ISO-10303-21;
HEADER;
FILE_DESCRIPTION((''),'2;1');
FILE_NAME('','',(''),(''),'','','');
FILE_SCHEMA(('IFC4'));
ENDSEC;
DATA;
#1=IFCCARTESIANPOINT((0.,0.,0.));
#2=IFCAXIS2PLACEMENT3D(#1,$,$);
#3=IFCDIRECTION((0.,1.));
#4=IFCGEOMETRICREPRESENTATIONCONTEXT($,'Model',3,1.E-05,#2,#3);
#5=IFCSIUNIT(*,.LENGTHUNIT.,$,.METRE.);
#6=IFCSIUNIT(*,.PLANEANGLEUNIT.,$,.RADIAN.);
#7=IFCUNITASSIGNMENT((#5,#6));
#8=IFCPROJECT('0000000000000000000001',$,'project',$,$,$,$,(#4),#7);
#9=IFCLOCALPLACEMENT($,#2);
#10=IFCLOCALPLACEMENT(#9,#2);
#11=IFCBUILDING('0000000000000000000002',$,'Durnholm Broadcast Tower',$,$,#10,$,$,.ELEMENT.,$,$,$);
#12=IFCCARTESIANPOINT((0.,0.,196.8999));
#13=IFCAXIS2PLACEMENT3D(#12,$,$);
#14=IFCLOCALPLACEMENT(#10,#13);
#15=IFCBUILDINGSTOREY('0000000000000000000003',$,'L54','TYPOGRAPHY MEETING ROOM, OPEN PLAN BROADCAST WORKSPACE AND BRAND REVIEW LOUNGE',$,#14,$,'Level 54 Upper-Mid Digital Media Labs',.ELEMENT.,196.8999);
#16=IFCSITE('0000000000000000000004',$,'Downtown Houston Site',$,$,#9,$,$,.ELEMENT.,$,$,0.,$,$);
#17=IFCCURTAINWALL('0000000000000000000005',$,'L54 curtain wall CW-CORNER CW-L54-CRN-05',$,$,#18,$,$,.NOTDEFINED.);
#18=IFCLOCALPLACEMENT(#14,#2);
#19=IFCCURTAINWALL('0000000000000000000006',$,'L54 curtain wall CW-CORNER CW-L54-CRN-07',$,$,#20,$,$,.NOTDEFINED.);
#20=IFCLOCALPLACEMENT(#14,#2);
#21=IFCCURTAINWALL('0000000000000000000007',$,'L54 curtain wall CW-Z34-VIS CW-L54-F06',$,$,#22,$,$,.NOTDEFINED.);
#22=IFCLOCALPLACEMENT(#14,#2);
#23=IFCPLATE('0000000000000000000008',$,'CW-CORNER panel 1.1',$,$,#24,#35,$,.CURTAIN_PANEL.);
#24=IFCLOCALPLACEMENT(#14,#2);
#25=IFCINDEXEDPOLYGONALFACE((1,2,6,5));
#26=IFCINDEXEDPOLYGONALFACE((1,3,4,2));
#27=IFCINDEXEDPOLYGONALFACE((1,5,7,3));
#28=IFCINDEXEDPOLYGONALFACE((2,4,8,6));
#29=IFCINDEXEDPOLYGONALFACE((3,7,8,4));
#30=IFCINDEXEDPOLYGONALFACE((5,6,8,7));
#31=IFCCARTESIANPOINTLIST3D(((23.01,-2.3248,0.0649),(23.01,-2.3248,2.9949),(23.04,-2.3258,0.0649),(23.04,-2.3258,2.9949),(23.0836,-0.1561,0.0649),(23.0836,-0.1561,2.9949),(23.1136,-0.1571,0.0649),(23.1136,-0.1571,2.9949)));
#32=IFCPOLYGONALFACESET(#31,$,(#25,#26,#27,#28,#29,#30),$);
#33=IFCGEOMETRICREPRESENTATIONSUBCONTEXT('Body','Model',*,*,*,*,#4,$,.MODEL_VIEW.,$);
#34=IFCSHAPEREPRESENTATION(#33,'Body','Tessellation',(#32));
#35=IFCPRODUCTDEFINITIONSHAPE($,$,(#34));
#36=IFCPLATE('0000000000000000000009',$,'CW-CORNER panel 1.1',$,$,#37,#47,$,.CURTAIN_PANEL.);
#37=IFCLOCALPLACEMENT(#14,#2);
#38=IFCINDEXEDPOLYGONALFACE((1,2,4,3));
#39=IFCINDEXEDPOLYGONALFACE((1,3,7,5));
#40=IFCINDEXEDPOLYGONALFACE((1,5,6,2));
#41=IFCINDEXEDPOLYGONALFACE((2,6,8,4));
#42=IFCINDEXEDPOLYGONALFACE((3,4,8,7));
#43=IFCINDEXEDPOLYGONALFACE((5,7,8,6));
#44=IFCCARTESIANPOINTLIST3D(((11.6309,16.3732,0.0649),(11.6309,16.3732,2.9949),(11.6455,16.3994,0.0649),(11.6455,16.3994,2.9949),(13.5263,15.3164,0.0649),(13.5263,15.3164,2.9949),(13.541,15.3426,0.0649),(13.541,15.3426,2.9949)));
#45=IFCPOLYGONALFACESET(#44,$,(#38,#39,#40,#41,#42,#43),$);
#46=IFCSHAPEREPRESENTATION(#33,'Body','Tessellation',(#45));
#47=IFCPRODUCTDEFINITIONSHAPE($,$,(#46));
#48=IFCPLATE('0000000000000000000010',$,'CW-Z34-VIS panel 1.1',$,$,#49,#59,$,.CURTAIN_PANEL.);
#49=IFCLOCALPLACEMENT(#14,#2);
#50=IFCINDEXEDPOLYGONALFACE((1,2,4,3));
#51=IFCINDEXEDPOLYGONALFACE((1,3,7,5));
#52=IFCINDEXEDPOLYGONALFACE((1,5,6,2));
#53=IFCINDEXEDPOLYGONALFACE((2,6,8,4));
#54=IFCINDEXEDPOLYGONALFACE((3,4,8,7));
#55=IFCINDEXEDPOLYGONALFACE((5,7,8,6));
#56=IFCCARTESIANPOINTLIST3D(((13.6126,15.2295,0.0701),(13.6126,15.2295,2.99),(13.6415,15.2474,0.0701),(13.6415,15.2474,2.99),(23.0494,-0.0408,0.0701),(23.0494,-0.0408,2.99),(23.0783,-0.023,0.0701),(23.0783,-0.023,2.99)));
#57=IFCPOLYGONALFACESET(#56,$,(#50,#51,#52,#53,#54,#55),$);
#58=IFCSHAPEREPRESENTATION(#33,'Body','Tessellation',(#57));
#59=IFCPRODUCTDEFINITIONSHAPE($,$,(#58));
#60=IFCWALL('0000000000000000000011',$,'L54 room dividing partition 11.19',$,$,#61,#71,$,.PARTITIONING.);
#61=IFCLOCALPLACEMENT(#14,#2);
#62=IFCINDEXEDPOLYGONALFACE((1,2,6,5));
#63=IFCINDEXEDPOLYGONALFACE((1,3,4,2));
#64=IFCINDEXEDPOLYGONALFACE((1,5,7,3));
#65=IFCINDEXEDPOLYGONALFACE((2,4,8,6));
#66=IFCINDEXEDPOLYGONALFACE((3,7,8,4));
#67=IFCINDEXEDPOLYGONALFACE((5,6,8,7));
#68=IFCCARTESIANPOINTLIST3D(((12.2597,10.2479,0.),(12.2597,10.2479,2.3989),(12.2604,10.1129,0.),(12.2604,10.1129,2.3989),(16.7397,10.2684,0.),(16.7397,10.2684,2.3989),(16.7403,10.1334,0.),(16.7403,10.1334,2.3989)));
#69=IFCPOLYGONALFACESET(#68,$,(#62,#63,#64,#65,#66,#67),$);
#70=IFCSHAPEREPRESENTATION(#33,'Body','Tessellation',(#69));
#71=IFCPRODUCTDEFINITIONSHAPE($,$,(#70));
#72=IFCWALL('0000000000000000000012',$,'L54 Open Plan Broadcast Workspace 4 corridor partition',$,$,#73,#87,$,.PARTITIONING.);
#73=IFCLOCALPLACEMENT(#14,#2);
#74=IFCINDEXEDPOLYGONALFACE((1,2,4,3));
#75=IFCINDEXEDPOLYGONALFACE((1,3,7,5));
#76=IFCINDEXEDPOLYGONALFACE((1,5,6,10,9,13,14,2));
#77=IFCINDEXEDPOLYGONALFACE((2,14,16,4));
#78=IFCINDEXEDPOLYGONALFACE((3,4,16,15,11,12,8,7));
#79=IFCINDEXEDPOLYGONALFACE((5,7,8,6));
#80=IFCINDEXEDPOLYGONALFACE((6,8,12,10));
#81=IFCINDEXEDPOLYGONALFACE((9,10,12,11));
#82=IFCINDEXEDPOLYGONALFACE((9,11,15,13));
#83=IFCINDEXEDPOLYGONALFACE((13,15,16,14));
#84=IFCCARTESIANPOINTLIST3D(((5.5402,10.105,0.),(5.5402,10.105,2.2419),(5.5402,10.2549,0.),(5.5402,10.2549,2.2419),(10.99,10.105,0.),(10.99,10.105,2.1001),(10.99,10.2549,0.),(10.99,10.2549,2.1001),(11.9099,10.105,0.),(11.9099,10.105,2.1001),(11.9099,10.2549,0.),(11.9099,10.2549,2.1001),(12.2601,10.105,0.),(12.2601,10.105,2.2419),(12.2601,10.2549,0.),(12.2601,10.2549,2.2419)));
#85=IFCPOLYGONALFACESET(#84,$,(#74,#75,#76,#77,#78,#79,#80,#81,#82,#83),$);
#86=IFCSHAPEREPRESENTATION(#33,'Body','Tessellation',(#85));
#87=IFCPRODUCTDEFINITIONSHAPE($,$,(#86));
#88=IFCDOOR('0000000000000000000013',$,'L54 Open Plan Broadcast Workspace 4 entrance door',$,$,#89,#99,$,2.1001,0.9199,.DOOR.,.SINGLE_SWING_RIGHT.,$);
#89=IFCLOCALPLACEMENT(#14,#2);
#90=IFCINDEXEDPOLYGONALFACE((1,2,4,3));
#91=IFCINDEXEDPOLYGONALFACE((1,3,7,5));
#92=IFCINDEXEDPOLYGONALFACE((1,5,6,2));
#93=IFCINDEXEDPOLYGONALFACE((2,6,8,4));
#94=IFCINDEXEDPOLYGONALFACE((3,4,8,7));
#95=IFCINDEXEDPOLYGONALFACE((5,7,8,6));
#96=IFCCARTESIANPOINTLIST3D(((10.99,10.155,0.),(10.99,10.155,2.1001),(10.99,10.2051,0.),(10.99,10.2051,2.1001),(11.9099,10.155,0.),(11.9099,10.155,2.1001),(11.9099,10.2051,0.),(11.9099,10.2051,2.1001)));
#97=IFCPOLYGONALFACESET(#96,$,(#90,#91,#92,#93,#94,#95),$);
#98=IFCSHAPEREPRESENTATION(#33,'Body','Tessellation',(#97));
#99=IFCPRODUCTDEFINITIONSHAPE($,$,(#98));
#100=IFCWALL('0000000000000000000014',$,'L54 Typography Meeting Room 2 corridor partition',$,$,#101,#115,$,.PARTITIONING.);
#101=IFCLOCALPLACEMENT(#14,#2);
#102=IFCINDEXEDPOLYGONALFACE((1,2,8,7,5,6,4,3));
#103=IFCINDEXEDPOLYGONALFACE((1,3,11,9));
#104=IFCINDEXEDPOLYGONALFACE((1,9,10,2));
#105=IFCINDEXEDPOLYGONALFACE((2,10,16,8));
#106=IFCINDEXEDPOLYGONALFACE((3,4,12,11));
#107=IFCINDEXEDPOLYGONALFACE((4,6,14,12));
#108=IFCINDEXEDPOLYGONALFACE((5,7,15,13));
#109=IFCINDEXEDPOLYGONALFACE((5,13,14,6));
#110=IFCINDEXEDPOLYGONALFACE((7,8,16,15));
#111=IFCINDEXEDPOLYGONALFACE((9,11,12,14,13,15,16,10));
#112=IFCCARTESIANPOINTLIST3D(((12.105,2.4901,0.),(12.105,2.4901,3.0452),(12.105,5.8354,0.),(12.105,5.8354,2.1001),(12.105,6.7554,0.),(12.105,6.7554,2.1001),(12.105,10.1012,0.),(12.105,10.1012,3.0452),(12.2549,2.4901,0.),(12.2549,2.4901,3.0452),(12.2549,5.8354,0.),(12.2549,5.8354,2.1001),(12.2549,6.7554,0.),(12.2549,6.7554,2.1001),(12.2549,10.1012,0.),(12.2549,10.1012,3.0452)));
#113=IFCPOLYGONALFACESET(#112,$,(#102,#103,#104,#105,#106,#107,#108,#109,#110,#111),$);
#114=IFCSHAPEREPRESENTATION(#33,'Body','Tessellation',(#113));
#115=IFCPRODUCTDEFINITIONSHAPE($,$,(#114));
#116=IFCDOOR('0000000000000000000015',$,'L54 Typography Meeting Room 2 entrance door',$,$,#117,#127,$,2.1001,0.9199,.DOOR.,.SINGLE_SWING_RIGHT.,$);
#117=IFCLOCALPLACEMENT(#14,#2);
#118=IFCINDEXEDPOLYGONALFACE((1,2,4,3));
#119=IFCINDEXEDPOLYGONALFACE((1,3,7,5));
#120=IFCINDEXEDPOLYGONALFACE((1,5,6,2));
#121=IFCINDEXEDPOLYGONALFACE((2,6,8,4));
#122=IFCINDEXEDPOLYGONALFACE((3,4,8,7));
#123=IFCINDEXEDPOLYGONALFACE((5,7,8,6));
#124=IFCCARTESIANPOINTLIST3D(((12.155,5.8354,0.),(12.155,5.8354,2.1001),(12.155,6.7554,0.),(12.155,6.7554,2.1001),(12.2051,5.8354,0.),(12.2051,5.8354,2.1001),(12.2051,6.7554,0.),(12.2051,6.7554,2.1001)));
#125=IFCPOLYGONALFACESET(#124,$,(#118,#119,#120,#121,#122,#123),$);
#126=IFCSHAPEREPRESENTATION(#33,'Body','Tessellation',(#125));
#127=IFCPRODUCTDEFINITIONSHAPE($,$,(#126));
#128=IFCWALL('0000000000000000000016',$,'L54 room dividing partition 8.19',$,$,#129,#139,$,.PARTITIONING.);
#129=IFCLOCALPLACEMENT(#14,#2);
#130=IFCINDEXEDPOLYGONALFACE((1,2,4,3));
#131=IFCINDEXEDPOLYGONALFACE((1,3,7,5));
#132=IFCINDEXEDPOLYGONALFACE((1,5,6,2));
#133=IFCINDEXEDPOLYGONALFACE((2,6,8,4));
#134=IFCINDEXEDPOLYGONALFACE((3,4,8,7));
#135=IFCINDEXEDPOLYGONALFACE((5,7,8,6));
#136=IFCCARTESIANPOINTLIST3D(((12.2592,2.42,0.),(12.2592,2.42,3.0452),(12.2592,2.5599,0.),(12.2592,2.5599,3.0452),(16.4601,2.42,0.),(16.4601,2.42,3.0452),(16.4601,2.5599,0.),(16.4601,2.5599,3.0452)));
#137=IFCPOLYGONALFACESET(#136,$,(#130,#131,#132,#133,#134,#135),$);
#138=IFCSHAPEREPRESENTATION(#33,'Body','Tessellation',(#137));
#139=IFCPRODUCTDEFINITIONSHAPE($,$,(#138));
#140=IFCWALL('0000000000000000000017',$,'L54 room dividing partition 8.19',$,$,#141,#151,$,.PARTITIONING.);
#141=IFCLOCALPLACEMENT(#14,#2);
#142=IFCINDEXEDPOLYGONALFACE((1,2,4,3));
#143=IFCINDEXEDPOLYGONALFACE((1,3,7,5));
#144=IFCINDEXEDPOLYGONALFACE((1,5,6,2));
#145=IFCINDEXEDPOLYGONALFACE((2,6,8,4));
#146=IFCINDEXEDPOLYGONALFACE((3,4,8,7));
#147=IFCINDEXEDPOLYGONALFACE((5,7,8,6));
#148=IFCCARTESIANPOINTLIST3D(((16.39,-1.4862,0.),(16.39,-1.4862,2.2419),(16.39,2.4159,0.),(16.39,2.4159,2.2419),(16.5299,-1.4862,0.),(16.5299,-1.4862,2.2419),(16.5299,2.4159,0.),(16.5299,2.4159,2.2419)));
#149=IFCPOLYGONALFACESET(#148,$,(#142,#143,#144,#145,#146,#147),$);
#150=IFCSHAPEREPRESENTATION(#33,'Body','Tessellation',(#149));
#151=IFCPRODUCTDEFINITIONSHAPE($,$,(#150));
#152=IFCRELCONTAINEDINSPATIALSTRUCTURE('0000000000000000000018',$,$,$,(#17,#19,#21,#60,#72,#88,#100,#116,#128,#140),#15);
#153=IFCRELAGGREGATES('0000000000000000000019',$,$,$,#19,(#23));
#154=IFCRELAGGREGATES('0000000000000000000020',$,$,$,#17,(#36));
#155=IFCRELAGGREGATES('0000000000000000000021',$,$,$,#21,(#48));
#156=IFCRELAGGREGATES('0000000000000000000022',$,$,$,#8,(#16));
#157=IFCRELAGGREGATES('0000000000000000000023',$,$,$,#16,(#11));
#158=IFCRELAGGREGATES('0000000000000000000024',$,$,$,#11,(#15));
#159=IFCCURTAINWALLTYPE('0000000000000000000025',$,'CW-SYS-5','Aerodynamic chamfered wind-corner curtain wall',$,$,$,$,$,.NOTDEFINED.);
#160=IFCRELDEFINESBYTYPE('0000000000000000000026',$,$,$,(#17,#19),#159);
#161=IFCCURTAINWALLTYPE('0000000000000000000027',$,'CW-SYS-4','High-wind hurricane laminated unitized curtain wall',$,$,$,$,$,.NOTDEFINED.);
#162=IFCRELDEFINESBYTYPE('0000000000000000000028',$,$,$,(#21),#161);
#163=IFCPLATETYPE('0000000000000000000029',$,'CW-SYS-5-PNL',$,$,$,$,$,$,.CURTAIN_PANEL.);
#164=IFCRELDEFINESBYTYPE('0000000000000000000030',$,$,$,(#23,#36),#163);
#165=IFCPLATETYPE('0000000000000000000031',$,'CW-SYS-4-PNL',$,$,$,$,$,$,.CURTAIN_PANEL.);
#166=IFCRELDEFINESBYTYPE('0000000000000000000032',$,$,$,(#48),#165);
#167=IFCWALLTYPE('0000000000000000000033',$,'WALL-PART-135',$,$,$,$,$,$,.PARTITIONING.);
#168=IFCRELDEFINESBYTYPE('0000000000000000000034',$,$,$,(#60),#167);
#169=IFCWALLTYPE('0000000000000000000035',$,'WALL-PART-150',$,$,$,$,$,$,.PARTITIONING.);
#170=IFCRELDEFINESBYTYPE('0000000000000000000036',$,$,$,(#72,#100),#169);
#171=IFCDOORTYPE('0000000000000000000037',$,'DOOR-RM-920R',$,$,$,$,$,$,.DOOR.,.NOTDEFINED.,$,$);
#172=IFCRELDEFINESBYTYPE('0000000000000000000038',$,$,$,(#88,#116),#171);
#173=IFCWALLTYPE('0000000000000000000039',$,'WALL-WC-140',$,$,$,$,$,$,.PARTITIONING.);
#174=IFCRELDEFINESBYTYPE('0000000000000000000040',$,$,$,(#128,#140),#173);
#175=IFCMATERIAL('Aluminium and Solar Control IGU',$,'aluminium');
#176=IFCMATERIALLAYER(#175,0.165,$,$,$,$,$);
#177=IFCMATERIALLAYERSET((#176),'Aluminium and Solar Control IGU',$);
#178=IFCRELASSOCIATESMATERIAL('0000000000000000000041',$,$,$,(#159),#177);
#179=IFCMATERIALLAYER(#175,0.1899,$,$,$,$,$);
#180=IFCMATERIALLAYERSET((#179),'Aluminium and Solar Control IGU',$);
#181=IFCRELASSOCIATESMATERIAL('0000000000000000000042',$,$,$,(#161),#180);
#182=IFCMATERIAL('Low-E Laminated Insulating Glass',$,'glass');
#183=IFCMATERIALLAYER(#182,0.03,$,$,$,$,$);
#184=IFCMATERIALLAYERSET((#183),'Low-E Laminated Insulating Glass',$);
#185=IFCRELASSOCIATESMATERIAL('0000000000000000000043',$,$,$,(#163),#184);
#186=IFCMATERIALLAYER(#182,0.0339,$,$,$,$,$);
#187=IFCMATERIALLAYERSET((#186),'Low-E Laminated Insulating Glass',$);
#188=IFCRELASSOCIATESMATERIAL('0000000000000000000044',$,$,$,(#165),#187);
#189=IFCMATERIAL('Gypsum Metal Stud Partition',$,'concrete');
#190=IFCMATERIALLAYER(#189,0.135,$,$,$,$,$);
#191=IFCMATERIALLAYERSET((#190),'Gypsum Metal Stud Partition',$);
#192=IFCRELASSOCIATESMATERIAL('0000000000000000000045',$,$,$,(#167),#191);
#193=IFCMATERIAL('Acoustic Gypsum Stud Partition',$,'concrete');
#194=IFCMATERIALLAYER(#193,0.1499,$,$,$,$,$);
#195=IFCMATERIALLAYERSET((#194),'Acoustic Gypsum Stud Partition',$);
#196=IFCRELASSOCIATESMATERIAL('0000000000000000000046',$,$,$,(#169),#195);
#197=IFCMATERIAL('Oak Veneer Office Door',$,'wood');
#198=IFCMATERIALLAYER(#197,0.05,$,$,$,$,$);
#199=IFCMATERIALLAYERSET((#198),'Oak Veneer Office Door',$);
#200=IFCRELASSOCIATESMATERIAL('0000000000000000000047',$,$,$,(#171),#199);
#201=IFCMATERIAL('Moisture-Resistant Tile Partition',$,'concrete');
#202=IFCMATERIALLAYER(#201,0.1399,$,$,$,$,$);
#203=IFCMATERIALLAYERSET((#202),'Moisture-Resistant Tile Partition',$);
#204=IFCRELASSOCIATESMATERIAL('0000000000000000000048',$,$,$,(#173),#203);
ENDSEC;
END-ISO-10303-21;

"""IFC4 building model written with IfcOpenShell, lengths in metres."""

from ifc_helpers import new_model, si_unit, direction, frame, frame_2d, origin, origin_2d, place, context, subcontext, project, spatial, rectangle, extrude, source, transform, mapped, material, layer, layer_set, type_object, type_shapes, element, fill, aggregate, save


model = new_model("IFC4")

# Units and contexts
model_context = context("Model", 3, precision=1e-05, world=origin(), true_north=direction((0.0, 1.0)))
body_context = subcontext(model_context, "Body", "Model", "MODEL_VIEW")
ifc_project = project(units=[si_unit("LENGTHUNIT", "METRE"), si_unit("PLANEANGLEUNIT", "RADIAN")], contexts=[model_context])

# Site, building, storey
site_placement = place(None, origin())
site = spatial("IfcSite", under=ifc_project, at=site_placement, Name="Downtown Houston Site", CompositionType="ELEMENT", RefElevation=0.0)
building_placement = place(site_placement, origin())
building = spatial("IfcBuilding", under=site, at=building_placement, Name="Durnholm Broadcast Tower", CompositionType="ELEMENT")
storey_placement = place(building_placement, frame((0.0, 0.0, 196.8999)))
storey = spatial("IfcBuildingStorey", under=building, at=storey_placement, Name="L54", Description="TYPOGRAPHY MEETING ROOM, OPEN PLAN BROADCAST WORKSPACE AND BRAND REVIEW LOUNGE", LongName="Level 54 Upper-Mid Digital Media Labs", CompositionType="ELEMENT", Elevation=196.8999)

# Curtain wall
ifc_material_1 = material(Name="Aluminium and Solar Control IGU", Category="aluminium")
ifc_layer_1 = layer(ifc_material_1, 0.165)
ifc_layer_set_1 = layer_set([ifc_layer_1], Name="Aluminium and Solar Control IGU")
curtain_wall_type_1 = type_object("IfcCurtainWallType", Name="CW-SYS-5", Description="Aerodynamic chamfered wind-corner curtain wall", PredefinedType="NOTDEFINED", material=ifc_layer_set_1)
curtain_wall_1_placement = place(storey_placement, origin())
curtain_wall_1 = element("IfcCurtainWall", 1, at=curtain_wall_1_placement, inside=storey, type_object=curtain_wall_type_1, Name="L54 curtain wall CW-CORNER CW-L54-CRN-05", PredefinedType="NOTDEFINED")

# Curtain wall
curtain_wall_2_placement = place(storey_placement, origin())
curtain_wall_2 = element("IfcCurtainWall", 2, at=curtain_wall_2_placement, inside=storey, type_object=curtain_wall_type_1, Name="L54 curtain wall CW-CORNER CW-L54-CRN-07", PredefinedType="NOTDEFINED")

# Curtain wall
ifc_layer_2 = layer(ifc_material_1, 0.1899)
ifc_layer_set_2 = layer_set([ifc_layer_2], Name="Aluminium and Solar Control IGU")
curtain_wall_type_2 = type_object("IfcCurtainWallType", Name="CW-SYS-4", Description="High-wind hurricane laminated unitized curtain wall", PredefinedType="NOTDEFINED", material=ifc_layer_set_2)
curtain_wall_3_placement = place(storey_placement, origin())
curtain_wall_3 = element("IfcCurtainWall", 3, at=curtain_wall_3_placement, inside=storey, type_object=curtain_wall_type_2, Name="L54 curtain wall CW-Z34-VIS CW-L54-F06", PredefinedType="NOTDEFINED")

# Plates
ifc_material_2 = material(Name="Low-E Laminated Insulating Glass", Category="glass")
ifc_layer_3 = layer(ifc_material_2, 0.03)
ifc_layer_set_3 = layer_set([ifc_layer_3], Name="Low-E Laminated Insulating Glass")
plate_type_1 = type_object("IfcPlateType", Name="CW-SYS-5-PNL", PredefinedType="CURTAIN_PANEL", material=ifc_layer_set_3)
shared_shape_1 = source(origin(), body_context, "Body", "SweptSolid", [
    extrude(rectangle(XDim=2.1699, YDim=0.03, at=origin_2d()), origin(), (0.0, 0.0, 1.0), 2.9299),
])
plate_1_placement = place(storey_placement, frame((23.0618, -1.241, 0.0649), z_axis=(0.0, 0.0, 1.0), x_axis=(-0.033913, -0.999425, 0.0)))
plate_1 = element("IfcPlate", 4, at=plate_1_placement, type_object=plate_type_1, Name="CW-CORNER panel 1.1", PredefinedType="CURTAIN_PANEL", context=body_context, shape_type="MappedRepresentation", body=[
    mapped(shared_shape_1, transform((0.0, 0.0, 0.0), x_axis=(1.0, 0.0, 0.0), y_axis=(0.0, 1.0, 0.0), z_axis=(0.0, 0.0, 1.0), scale=1.0)),
])
aggregate(curtain_wall_2, [plate_1])
shared_shape_2 = source(origin(), body_context, "Body", "SweptSolid", [
    extrude(rectangle(XDim=2.1702, YDim=0.03, at=origin_2d()), origin(), (0.0, 0.0, 1.0), 2.9299),
])
type_shapes(plate_type_1, [shared_shape_1, shared_shape_2])
plate_2_placement = place(storey_placement, frame((12.5859, 15.8579, 0.0649), z_axis=(0.0, 0.0, 1.0), x_axis=(0.87341, -0.486986, 0.0)))
plate_2 = element("IfcPlate", 5, at=plate_2_placement, type_object=plate_type_1, Name="CW-CORNER panel 1.1", PredefinedType="CURTAIN_PANEL", context=body_context, shape_type="MappedRepresentation", body=[
    mapped(shared_shape_2, transform((0.0, 0.0, 0.0), x_axis=(1.0, 0.0, 0.0), y_axis=(0.0, 1.0, 0.0), z_axis=(0.0, 0.0, 1.0), scale=1.0)),
])
aggregate(curtain_wall_1, [plate_2])
ifc_layer_4 = layer(ifc_material_2, 0.0339)
ifc_layer_set_4 = layer_set([ifc_layer_4], Name="Low-E Laminated Insulating Glass")
plate_type_2 = type_object("IfcPlateType", Name="CW-SYS-4-PNL", PredefinedType="CURTAIN_PANEL", material=ifc_layer_set_4)
shared_shape_3 = source(origin(), body_context, "Body", "SweptSolid", [
    extrude(rectangle(XDim=17.9509, YDim=0.0339, at=origin_2d()), origin(), (0.0, 0.0, 1.0), 2.9199),
])
type_shapes(plate_type_2, [shared_shape_3])
plate_3_placement = place(storey_placement, frame((18.3455, 7.6033, 0.0701), z_axis=(0.0, 0.0, 1.0), x_axis=(0.525698, -0.850671, 0.0)))
plate_3 = element("IfcPlate", 6, at=plate_3_placement, type_object=plate_type_2, Name="CW-Z34-VIS panel 1.1", PredefinedType="CURTAIN_PANEL", context=body_context, shape_type="MappedRepresentation", body=[
    mapped(shared_shape_3, transform((0.0, 0.0, 0.0), x_axis=(1.0, 0.0, 0.0), y_axis=(0.0, 1.0, 0.0), z_axis=(0.0, 0.0, 1.0), scale=1.0)),
])
aggregate(curtain_wall_3, [plate_3])

# Wall
ifc_material_3 = material(Name="Gypsum Metal Stud Partition", Category="concrete")
ifc_layer_5 = layer(ifc_material_3, 0.135)
ifc_layer_set_5 = layer_set([ifc_layer_5], Name="Gypsum Metal Stud Partition")
wall_type_1 = type_object("IfcWallType", Name="WALL-PART-135", PredefinedType="PARTITIONING", material=ifc_layer_set_5)
wall_1_placement = place(storey_placement, frame((16.74, 10.2009, 0.0), z_axis=(0.0, 0.0, 1.0), x_axis=(-0.99999, -0.004578, 0.0)))
element("IfcWall", 7, at=wall_1_placement, inside=storey, type_object=wall_type_1, Name="L54 room dividing partition 11.19", PredefinedType="PARTITIONING", context=body_context, shape_type="SweptSolid", body=[
    extrude(rectangle(XDim=4.48, YDim=0.135, at=frame_2d((2.24, 0.0))), origin(), (0.0, 0.0, 1.0), 2.3989),
])

# Walls, openings, doors
ifc_material_4 = material(Name="Acoustic Gypsum Stud Partition", Category="concrete")
ifc_layer_6 = layer(ifc_material_4, 0.1499)
ifc_layer_set_6 = layer_set([ifc_layer_6], Name="Acoustic Gypsum Stud Partition")
wall_type_2 = type_object("IfcWallType", Name="WALL-PART-150", PredefinedType="PARTITIONING", material=ifc_layer_set_6)
wall_2_placement = place(storey_placement, frame((12.26, 10.1799, 0.0), z_axis=(0.0, 0.0, 1.0), x_axis=(-1.0, 0.0, 0.0)))
wall_2 = element("IfcWall", 8, at=wall_2_placement, inside=storey, type_object=wall_type_2, Name="L54 Open Plan Broadcast Workspace 4 corridor partition", PredefinedType="PARTITIONING", context=body_context, shape_type="SweptSolid", body=[
    extrude(rectangle(XDim=6.72, YDim=0.1499, at=frame_2d((3.3599, 0.0))), origin(), (0.0, 0.0, 1.0), 2.2419),
])
opening_1_placement = place(wall_2_placement, frame((0.3501, 0.0, 0.0)))
opening_1 = element("IfcOpeningElement", 9, at=opening_1_placement, cuts=wall_2, PredefinedType="OPENING", context=body_context, shape_type="SweptSolid", body=[
    extrude(rectangle(XDim=0.9199, YDim=2.1001, at=frame_2d((0.46, 1.05))), frame((0.0, 0.085, 0.0), z_axis=(0.0, -1.0, 0.0), x_axis=(1.0, 0.0, 0.0)), (0.0, 0.0, 1.0), 0.1699),
])
ifc_material_5 = material(Name="Oak Veneer Office Door", Category="wood")
ifc_layer_7 = layer(ifc_material_5, 0.05)
ifc_layer_set_7 = layer_set([ifc_layer_7], Name="Oak Veneer Office Door")
door_type = type_object("IfcDoorType", Name="DOOR-RM-920R", OperationType="NOTDEFINED", PredefinedType="DOOR", material=ifc_layer_set_7)
shared_shape_4 = source(origin(), body_context, "Body", "SweptSolid", [
    extrude(rectangle(XDim=0.9199, YDim=2.1001, at=frame_2d((0.46, 1.05))), frame((0.0, 0.0249, 0.0), z_axis=(0.0, -1.0, 0.0), x_axis=(1.0, 0.0, 0.0)), (0.0, 0.0, 1.0), 0.05),
])
type_shapes(door_type, [shared_shape_4])
door_1_placement = place(opening_1_placement, origin())
door_1 = element("IfcDoor", 10, at=door_1_placement, inside=storey, type_object=door_type, Name="L54 Open Plan Broadcast Workspace 4 entrance door", OperationType="SINGLE_SWING_RIGHT", OverallHeight=2.1001, OverallWidth=0.9199, PredefinedType="DOOR", context=body_context, shape_type="MappedRepresentation", body=[
    mapped(shared_shape_4, transform((0.0, 0.0, 0.0), x_axis=(1.0, 0.0, 0.0), y_axis=(0.0, 1.0, 0.0), z_axis=(0.0, 0.0, 1.0), scale=1.0)),
])
fill(opening_1, door_1)
wall_3_placement = place(storey_placement, frame((12.1799, 2.49, 0.0), z_axis=(0.0, 0.0, 1.0), x_axis=(0.0, 1.0, 0.0)))
wall_3 = element("IfcWall", 11, at=wall_3_placement, inside=storey, type_object=wall_type_2, Name="L54 Typography Meeting Room 2 corridor partition", PredefinedType="PARTITIONING", context=body_context, shape_type="SweptSolid", body=[
    extrude(rectangle(XDim=7.6111, YDim=0.1499, at=frame_2d((3.8057, 0.0))), origin(), (0.0, 0.0, 1.0), 3.0452),
])
opening_2_placement = place(wall_3_placement, frame((3.3455, 0.0, 0.0)))
opening_2 = element("IfcOpeningElement", 12, at=opening_2_placement, cuts=wall_3, PredefinedType="OPENING", context=body_context, shape_type="SweptSolid", body=[
    extrude(rectangle(XDim=0.9199, YDim=2.1001, at=frame_2d((0.46, 1.05))), frame((0.0, 0.085, 0.0), z_axis=(0.0, -1.0, 0.0), x_axis=(1.0, 0.0, 0.0)), (0.0, 0.0, 1.0), 0.1699),
])
door_2_placement = place(opening_2_placement, origin())
door_2 = element("IfcDoor", 13, at=door_2_placement, inside=storey, type_object=door_type, Name="L54 Typography Meeting Room 2 entrance door", OperationType="SINGLE_SWING_RIGHT", OverallHeight=2.1001, OverallWidth=0.9199, PredefinedType="DOOR", context=body_context, shape_type="MappedRepresentation", body=[
    mapped(shared_shape_4, transform((0.0, 0.0, 0.0), x_axis=(1.0, 0.0, 0.0), y_axis=(0.0, 1.0, 0.0), z_axis=(0.0, 0.0, 1.0), scale=1.0)),
])
fill(opening_2, door_2)

# Walls
ifc_material_6 = material(Name="Moisture-Resistant Tile Partition", Category="concrete")
ifc_layer_8 = layer(ifc_material_6, 0.1399)
ifc_layer_set_8 = layer_set([ifc_layer_8], Name="Moisture-Resistant Tile Partition")
wall_type_3 = type_object("IfcWallType", Name="WALL-WC-140", PredefinedType="PARTITIONING", material=ifc_layer_set_8)
wall_4_placement = place(storey_placement, frame((12.259, 2.49, 0.0), z_axis=(0.0, 0.0, 1.0), x_axis=(1.0, 0.0, 0.0)))
element("IfcWall", 14, at=wall_4_placement, inside=storey, type_object=wall_type_3, Name="L54 room dividing partition 8.19", PredefinedType="PARTITIONING", context=body_context, shape_type="SweptSolid", body=[
    extrude(rectangle(XDim=4.2009, YDim=0.1399, at=frame_2d((2.1006, 0.0))), origin(), (0.0, 0.0, 1.0), 3.0452),
])
wall_5_placement = place(storey_placement, frame((16.46, 2.416, 0.0), z_axis=(0.0, 0.0, 1.0), x_axis=(0.0, -1.0, 0.0)))
element("IfcWall", 15, at=wall_5_placement, inside=storey, type_object=wall_type_3, Name="L54 room dividing partition 8.19", PredefinedType="PARTITIONING", context=body_context, shape_type="SweptSolid", body=[
    extrude(rectangle(XDim=3.9021, YDim=0.1399, at=frame_2d((1.9512, 0.0))), origin(), (0.0, 0.0, 1.0), 2.2419),
])

save(model, "model.ifc")
